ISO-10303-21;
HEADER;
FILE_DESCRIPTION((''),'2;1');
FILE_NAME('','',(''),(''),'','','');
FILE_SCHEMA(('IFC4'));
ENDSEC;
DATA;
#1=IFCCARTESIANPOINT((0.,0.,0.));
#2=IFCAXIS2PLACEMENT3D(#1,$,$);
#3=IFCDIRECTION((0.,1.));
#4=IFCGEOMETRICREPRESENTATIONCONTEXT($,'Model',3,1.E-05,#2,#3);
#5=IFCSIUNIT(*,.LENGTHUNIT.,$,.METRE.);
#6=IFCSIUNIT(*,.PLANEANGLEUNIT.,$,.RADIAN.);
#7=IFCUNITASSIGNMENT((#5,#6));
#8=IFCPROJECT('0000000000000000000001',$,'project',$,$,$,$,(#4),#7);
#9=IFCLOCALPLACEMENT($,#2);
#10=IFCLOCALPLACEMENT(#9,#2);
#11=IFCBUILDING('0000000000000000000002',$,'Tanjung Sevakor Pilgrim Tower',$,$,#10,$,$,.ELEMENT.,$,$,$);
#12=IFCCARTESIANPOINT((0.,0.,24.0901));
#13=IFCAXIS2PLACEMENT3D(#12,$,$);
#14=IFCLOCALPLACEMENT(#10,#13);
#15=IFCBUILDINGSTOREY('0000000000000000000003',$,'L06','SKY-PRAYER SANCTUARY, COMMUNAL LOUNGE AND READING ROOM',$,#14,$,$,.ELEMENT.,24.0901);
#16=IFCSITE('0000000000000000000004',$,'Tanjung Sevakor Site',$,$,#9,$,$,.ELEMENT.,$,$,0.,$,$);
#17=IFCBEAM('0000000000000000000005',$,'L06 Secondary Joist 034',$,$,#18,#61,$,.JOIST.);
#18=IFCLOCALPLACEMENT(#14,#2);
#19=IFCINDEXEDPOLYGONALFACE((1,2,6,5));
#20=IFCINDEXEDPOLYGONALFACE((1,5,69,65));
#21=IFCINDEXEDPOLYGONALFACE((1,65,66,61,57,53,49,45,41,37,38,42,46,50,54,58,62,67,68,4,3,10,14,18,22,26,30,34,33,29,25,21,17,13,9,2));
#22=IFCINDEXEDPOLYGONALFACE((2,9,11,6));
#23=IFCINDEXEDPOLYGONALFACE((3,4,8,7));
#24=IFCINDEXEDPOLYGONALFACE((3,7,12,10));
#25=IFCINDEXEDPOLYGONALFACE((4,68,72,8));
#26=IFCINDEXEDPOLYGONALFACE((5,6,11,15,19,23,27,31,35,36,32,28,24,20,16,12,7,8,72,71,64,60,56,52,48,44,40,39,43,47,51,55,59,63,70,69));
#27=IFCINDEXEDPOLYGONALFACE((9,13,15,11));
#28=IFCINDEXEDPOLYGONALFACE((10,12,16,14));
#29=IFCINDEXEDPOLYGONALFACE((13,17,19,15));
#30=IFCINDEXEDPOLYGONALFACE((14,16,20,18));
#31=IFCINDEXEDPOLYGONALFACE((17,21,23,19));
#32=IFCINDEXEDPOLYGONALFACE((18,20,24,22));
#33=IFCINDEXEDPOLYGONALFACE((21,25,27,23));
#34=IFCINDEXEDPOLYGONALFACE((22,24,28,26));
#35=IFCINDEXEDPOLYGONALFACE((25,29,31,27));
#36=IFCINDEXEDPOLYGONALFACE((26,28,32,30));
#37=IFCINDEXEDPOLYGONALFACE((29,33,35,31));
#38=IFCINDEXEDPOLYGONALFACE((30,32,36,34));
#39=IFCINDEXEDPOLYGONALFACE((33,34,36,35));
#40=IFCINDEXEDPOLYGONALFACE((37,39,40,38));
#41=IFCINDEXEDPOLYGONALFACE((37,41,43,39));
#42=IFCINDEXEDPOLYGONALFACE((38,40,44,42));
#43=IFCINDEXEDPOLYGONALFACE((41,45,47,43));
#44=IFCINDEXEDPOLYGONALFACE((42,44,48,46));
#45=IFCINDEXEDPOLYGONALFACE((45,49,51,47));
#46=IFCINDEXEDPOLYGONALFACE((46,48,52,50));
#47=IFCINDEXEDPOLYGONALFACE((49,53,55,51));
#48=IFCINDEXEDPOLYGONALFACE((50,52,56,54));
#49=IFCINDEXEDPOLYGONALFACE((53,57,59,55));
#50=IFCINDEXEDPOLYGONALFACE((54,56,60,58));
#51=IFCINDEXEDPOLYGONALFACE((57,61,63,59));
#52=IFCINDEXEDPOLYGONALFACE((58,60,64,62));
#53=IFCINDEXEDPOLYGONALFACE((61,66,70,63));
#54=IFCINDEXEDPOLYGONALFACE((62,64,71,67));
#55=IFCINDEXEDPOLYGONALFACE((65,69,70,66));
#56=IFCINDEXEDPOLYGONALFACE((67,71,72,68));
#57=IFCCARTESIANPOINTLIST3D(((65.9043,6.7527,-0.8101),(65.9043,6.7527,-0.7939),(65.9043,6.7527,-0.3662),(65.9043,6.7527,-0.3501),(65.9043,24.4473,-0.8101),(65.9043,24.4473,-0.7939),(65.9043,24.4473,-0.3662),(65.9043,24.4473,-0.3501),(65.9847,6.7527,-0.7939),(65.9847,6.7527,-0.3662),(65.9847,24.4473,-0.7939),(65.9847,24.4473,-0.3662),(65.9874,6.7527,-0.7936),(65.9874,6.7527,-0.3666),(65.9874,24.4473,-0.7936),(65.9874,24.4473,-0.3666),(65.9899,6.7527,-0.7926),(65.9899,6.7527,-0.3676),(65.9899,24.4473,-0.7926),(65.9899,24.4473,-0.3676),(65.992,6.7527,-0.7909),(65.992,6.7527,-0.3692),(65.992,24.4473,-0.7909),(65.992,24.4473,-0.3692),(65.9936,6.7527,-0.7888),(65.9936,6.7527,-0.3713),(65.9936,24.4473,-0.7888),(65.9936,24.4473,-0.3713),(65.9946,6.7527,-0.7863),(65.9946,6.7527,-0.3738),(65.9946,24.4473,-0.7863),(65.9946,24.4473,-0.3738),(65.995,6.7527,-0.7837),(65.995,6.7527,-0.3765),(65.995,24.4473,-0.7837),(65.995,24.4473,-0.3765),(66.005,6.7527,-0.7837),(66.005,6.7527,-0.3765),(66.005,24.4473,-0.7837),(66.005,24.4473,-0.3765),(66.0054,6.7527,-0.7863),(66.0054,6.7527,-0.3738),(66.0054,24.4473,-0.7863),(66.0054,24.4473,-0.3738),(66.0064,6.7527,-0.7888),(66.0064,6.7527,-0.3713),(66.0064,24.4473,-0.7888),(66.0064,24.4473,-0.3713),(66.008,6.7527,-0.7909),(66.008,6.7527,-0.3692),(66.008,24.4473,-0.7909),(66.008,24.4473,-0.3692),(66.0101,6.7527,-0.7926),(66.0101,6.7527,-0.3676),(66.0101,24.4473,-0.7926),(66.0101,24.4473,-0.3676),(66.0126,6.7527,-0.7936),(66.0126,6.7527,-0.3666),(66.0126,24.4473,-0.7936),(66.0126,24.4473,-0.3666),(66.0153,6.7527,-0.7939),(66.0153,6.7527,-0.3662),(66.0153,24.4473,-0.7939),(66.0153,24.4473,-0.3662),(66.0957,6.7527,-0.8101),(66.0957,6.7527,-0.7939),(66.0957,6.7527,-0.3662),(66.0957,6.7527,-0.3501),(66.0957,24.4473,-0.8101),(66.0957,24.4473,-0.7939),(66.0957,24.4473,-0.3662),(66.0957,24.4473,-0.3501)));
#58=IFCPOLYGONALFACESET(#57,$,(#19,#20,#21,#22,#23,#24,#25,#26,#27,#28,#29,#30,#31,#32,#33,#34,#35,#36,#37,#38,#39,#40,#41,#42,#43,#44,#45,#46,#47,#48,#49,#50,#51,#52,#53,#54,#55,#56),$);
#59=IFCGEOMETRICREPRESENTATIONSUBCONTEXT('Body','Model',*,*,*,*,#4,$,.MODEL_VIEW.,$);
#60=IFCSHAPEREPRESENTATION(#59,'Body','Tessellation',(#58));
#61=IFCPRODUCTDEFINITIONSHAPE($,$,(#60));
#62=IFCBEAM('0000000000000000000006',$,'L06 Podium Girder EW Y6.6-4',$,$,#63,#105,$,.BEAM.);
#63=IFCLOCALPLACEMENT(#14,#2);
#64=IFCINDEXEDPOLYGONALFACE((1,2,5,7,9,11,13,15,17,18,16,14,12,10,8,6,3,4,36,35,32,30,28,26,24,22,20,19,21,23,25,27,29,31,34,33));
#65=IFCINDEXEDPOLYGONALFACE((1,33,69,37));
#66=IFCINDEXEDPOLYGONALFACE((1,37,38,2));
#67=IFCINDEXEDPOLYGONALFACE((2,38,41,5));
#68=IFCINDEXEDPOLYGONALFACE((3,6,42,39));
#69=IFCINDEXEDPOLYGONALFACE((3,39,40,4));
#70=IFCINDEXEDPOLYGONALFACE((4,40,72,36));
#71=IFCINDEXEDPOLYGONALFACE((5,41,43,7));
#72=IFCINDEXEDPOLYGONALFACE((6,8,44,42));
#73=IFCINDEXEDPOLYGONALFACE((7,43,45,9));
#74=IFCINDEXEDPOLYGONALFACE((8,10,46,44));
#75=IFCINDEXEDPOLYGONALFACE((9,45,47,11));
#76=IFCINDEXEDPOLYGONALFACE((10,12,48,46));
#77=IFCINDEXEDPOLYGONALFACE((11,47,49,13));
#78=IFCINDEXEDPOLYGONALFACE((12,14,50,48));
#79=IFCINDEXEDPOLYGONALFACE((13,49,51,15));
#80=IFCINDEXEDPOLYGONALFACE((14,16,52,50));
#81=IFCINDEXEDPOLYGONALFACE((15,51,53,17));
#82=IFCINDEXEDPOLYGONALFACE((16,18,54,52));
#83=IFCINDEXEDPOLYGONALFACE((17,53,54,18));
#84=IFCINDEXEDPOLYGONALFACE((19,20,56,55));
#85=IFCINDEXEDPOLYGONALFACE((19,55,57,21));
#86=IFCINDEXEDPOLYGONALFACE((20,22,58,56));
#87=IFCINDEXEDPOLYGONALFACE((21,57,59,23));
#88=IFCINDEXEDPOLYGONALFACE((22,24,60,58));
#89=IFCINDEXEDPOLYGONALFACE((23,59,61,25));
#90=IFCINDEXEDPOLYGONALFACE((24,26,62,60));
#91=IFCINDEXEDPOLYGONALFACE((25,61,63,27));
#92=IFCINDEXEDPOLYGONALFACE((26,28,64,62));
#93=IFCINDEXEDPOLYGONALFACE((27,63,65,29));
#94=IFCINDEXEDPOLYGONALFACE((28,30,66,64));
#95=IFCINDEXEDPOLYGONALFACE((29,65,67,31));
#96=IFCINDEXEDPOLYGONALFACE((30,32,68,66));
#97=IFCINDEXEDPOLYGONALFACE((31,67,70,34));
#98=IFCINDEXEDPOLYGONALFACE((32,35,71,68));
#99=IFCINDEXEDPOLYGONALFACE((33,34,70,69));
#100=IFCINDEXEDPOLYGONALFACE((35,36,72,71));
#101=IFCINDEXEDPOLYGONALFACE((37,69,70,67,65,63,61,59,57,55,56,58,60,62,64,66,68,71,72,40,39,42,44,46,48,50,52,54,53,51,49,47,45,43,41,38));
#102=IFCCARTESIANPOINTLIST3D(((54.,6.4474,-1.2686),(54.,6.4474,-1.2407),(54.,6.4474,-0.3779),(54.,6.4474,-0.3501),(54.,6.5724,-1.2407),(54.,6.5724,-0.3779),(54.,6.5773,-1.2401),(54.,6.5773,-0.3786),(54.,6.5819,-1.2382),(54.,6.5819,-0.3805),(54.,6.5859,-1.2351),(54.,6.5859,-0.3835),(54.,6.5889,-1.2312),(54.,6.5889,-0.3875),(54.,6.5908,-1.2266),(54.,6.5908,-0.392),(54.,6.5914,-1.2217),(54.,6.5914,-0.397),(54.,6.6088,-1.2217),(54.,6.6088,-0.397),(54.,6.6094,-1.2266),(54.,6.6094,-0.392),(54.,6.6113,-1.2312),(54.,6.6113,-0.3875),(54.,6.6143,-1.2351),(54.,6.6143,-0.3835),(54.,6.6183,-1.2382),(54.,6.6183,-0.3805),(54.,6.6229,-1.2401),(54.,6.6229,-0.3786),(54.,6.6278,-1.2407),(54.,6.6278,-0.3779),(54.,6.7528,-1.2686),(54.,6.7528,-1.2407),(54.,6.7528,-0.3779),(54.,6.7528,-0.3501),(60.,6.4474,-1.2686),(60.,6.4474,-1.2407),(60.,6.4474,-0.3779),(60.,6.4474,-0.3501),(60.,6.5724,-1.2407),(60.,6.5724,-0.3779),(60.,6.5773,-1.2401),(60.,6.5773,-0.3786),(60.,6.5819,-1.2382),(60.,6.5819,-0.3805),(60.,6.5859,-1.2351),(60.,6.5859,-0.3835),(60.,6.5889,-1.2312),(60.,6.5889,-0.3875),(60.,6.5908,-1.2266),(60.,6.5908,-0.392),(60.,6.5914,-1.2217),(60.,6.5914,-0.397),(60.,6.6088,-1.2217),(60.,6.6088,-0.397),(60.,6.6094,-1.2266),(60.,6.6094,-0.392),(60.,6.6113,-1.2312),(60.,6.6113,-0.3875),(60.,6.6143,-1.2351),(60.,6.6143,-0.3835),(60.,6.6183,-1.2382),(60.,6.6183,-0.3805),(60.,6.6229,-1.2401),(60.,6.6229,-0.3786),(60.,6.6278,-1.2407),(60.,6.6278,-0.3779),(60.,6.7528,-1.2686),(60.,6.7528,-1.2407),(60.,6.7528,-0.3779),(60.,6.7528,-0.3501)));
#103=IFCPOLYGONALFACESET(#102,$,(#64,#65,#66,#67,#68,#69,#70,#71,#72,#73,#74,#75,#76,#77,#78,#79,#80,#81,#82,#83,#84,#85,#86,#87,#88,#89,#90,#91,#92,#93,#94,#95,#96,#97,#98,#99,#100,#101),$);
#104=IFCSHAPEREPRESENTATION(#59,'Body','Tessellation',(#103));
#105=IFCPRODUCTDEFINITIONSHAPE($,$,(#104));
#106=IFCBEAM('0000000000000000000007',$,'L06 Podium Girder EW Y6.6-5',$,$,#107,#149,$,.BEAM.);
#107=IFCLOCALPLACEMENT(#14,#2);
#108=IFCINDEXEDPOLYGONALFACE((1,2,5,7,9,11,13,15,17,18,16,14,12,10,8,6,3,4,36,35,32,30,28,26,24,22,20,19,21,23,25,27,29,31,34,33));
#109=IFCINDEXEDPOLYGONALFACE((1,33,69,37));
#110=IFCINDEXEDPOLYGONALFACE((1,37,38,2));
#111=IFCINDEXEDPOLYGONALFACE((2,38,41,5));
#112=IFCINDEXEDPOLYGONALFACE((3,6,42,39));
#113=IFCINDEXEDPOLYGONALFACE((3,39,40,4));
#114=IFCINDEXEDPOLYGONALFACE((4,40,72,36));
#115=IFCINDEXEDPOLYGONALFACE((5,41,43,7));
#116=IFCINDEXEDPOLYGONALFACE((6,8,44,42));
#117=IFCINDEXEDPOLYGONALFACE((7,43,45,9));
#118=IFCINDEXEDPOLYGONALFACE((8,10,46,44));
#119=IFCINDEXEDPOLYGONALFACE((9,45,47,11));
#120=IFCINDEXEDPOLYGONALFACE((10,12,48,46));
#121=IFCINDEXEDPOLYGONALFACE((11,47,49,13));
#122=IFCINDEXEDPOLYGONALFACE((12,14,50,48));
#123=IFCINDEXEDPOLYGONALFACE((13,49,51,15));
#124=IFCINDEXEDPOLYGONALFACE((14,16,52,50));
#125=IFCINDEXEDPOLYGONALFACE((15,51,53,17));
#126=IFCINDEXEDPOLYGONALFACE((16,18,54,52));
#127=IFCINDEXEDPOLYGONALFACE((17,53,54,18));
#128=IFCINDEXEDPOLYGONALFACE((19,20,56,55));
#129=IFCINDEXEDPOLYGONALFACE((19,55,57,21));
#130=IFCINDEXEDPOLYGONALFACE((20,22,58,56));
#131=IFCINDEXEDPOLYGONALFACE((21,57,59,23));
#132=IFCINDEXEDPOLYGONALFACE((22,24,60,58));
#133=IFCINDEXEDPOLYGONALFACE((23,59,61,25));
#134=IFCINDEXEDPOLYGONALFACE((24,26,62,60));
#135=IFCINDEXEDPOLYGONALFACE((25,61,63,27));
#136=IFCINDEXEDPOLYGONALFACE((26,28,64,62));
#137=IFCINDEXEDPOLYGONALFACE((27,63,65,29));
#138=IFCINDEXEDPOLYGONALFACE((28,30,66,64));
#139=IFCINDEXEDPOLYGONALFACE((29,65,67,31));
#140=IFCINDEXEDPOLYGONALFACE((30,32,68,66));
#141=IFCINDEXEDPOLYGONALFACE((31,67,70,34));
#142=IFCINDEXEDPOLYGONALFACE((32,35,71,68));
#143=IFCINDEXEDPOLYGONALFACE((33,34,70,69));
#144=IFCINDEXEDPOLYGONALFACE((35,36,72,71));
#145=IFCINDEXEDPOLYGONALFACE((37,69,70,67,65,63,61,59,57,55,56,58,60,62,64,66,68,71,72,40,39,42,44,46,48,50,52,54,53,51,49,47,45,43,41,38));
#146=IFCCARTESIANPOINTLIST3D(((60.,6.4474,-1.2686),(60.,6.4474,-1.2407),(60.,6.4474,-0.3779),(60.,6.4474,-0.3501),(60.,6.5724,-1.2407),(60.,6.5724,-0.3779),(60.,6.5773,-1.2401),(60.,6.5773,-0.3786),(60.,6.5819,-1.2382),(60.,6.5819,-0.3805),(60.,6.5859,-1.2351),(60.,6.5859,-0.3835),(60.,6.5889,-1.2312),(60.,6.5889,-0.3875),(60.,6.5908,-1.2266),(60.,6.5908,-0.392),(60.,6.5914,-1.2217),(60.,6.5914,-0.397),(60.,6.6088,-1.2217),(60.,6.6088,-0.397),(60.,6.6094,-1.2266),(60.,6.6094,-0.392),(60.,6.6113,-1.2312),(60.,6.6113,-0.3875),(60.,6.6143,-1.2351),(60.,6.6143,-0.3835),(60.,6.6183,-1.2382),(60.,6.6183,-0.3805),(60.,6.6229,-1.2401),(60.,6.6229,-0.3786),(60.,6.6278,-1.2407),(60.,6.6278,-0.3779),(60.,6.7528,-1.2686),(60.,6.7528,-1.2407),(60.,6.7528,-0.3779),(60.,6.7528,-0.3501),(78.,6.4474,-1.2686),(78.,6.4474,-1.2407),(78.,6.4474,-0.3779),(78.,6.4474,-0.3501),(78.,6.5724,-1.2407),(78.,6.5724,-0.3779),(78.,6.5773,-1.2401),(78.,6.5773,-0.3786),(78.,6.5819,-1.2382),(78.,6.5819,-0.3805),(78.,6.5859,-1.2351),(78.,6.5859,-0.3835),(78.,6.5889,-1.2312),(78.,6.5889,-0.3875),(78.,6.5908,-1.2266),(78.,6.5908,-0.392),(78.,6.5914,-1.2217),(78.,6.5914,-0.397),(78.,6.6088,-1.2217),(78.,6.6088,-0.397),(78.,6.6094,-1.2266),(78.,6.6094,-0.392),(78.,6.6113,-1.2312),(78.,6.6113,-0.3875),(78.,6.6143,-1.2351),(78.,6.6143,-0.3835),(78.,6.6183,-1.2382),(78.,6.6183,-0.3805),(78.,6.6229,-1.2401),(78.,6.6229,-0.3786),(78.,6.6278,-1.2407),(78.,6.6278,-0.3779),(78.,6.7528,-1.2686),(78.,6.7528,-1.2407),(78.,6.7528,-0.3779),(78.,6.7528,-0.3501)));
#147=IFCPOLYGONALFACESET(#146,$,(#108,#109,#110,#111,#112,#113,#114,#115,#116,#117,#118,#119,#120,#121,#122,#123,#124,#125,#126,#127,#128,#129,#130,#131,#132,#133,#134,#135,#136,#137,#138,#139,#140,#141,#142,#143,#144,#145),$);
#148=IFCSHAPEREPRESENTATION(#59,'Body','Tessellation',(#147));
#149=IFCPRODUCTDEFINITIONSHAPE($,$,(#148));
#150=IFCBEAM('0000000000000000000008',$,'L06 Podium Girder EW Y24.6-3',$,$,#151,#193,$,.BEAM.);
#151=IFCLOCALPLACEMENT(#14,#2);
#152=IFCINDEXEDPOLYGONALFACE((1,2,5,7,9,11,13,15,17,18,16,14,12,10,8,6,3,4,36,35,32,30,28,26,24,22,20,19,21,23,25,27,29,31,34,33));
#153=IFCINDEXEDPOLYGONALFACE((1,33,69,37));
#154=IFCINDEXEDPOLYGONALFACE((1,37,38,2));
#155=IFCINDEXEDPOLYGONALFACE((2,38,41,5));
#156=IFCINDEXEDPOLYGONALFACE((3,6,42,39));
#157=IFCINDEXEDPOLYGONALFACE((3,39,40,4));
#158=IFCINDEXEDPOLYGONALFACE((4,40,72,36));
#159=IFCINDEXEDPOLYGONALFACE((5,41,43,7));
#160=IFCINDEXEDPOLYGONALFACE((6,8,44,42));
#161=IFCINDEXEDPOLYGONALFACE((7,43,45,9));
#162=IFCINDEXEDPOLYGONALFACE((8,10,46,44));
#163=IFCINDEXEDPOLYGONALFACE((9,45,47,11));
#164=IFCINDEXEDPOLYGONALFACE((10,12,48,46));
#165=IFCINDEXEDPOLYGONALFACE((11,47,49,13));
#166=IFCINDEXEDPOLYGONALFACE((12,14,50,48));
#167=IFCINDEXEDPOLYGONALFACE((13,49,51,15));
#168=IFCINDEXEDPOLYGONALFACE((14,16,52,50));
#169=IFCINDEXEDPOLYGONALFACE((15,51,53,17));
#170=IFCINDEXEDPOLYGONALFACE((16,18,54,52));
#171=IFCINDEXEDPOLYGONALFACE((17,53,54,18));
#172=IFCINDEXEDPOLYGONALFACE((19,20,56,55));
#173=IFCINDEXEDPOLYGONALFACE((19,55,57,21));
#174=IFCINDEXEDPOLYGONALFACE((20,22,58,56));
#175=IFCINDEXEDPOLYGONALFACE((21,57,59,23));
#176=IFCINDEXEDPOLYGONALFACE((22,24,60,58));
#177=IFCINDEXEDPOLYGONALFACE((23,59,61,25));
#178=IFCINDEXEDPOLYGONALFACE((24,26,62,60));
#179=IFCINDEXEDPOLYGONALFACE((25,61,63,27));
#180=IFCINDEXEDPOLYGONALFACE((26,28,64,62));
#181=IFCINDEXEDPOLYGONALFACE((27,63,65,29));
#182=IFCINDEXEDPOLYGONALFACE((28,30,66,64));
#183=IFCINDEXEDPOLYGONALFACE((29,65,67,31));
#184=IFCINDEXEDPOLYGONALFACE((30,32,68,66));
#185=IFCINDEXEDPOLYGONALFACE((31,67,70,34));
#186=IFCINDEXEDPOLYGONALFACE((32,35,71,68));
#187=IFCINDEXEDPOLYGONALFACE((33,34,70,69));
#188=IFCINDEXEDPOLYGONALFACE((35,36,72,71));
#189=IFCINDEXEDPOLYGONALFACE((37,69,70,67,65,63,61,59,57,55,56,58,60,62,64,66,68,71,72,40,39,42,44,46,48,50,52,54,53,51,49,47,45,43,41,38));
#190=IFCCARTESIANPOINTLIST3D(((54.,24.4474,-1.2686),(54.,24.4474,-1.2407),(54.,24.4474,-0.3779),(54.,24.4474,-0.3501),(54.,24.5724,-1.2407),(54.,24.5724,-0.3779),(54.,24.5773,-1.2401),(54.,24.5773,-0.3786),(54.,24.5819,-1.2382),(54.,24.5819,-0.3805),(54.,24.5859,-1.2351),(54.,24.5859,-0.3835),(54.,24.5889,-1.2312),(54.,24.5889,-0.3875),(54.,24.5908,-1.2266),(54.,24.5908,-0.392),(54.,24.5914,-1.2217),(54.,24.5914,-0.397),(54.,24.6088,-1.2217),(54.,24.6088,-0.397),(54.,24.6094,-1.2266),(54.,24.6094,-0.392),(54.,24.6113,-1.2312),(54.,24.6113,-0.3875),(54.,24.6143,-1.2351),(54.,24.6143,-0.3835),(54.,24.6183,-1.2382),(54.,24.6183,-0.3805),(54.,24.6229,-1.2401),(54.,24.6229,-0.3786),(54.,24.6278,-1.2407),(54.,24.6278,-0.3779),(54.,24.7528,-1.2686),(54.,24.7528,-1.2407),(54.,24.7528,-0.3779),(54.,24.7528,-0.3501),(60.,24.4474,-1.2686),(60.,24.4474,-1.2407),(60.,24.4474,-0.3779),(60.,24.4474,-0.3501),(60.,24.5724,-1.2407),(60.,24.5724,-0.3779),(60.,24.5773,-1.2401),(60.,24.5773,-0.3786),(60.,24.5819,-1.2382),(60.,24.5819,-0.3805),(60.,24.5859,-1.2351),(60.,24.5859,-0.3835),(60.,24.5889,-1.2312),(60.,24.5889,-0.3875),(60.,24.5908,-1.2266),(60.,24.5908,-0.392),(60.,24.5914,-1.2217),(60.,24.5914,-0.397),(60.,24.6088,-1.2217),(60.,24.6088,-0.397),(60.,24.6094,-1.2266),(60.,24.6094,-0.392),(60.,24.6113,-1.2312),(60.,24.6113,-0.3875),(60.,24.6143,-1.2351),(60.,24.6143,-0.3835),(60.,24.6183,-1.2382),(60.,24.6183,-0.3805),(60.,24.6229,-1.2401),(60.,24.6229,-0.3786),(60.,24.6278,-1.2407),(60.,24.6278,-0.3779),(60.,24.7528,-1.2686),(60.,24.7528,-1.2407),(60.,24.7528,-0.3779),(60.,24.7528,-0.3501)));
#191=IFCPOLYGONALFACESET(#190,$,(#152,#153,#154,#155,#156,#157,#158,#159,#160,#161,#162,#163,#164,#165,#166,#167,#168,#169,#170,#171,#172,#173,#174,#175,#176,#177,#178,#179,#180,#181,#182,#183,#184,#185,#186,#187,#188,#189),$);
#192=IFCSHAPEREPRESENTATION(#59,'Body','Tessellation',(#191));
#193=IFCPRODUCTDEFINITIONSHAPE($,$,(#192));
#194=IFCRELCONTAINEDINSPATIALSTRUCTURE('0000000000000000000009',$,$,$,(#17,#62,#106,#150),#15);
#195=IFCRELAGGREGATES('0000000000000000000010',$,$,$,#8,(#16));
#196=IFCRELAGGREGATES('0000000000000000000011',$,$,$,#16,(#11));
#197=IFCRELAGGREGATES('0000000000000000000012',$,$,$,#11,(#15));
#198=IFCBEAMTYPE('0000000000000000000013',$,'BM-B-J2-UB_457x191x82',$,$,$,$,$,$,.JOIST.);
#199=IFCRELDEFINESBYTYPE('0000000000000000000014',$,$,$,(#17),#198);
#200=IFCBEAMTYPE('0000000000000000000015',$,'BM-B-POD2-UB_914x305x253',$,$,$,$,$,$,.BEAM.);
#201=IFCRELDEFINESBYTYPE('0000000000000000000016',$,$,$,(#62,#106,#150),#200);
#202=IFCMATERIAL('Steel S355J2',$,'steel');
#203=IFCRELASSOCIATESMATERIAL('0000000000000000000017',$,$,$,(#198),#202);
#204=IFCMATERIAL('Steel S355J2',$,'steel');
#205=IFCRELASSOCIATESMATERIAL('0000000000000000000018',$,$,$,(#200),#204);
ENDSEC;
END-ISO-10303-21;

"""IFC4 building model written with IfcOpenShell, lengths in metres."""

from ifc_helpers import new_model, si_unit, direction, frame, origin, origin_2d, place, context, subcontext, project, spatial, i_section, extrude, material, material_profile, profile_set, type_object, element, save


model = new_model("IFC4")

# Units and contexts
model_context = context("Model", 3, precision=1e-05, world=origin(), true_north=direction((0.0, 1.0)))
body_context = subcontext(model_context, "Body", "Model", "MODEL_VIEW")
ifc_project = project(units=[si_unit("LENGTHUNIT", "METRE"), si_unit("PLANEANGLEUNIT", "RADIAN")], contexts=[model_context])

# Site, building, storey
site_placement = place(None, origin())
site = spatial("IfcSite", under=ifc_project, at=site_placement, Name="Tanjung Sevakor Site", CompositionType="ELEMENT", RefElevation=0.0)
building_placement = place(site_placement, origin())
building = spatial("IfcBuilding", under=site, at=building_placement, Name="Tanjung Sevakor Pilgrim Tower", CompositionType="ELEMENT")
storey_placement = place(building_placement, frame((0.0, 0.0, 24.0901)))
storey = spatial("IfcBuildingStorey", under=building, at=storey_placement, Name="L06", Description="SKY-PRAYER SANCTUARY, COMMUNAL LOUNGE AND READING ROOM", CompositionType="ELEMENT", Elevation=24.0901)

# Beams
ifc_material_1 = material(Name="Steel S355J2", Category="steel")
ifc_material_profile_1 = material_profile(ifc_material_1, i_section(OverallWidth=0.1914, OverallDepth=0.46, WebThickness=0.01, FlangeThickness=0.0161, FilletRadius=0.0103, at=origin_2d()))
ifc_profile_set_1 = profile_set([ifc_material_profile_1], Name="Steel S355J2")
beam_type_1 = type_object("IfcBeamType", Name="BM-B-J2-UB_457x191x82", PredefinedType="JOIST", material=ifc_profile_set_1)
for number, where, z_axis, x_axis, name in (
    (1, (66.0, 6.7527, -0.5801), (0.0, 1.0, 0.0), (-1.0, 0.0, 0.0), "L06 Secondary Joist 034"),
):
    element("IfcBeam", number, at=place(storey_placement, frame(where, z_axis=z_axis, x_axis=x_axis)), inside=storey, type_object=beam_type_1, Name=name, PredefinedType="JOIST", context=body_context, shape_type="SweptSolid", body=[
        extrude(i_section(OverallWidth=0.1914, OverallDepth=0.46, WebThickness=0.01, FlangeThickness=0.0161, FilletRadius=0.0103, at=origin_2d()), origin(), (0.0, 0.0, 1.0), 17.6946),
    ])
ifc_material_2 = material(Name="Steel S355J2", Category="steel")
ifc_material_profile_2 = material_profile(ifc_material_2, i_section(OverallWidth=0.3054, OverallDepth=0.9185, WebThickness=0.0173, FlangeThickness=0.0278, FilletRadius=0.019, at=origin_2d()))
ifc_profile_set_2 = profile_set([ifc_material_profile_2], Name="Steel S355J2")
beam_type_2 = type_object("IfcBeamType", Name="BM-B-POD2-UB_914x305x253", PredefinedType="BEAM", material=ifc_profile_set_2)
beam_1_placement = place(storey_placement, frame((54.0, 6.6001, -0.8093), z_axis=(1.0, 0.0, 0.0), x_axis=(0.0, 1.0, 0.0)))
element("IfcBeam", 2, at=beam_1_placement, inside=storey, type_object=beam_type_2, Name="L06 Podium Girder EW Y6.6-4", PredefinedType="BEAM", context=body_context, shape_type="SweptSolid", body=[
    extrude(i_section(OverallWidth=0.3054, OverallDepth=0.9185, WebThickness=0.0173, FlangeThickness=0.0278, FilletRadius=0.019, at=origin_2d()), origin(), (0.0, 0.0, 1.0), 6.0),
])
beam_2_placement = place(storey_placement, frame((60.0, 6.6001, -0.8093), z_axis=(1.0, 0.0, 0.0), x_axis=(0.0, 1.0, 0.0)))
element("IfcBeam", 3, at=beam_2_placement, inside=storey, type_object=beam_type_2, Name="L06 Podium Girder EW Y6.6-5", PredefinedType="BEAM", context=body_context, shape_type="SweptSolid", body=[
    extrude(i_section(OverallWidth=0.3054, OverallDepth=0.9185, WebThickness=0.0173, FlangeThickness=0.0278, FilletRadius=0.019, at=origin_2d()), origin(), (0.0, 0.0, 1.0), 18.0),
])
beam_3_placement = place(storey_placement, frame((54.0, 24.6001, -0.8093), z_axis=(1.0, 0.0, 0.0), x_axis=(0.0, 1.0, 0.0)))
element("IfcBeam", 4, at=beam_3_placement, inside=storey, type_object=beam_type_2, Name="L06 Podium Girder EW Y24.6-3", PredefinedType="BEAM", context=body_context, shape_type="SweptSolid", body=[
    extrude(i_section(OverallWidth=0.3054, OverallDepth=0.9185, WebThickness=0.0173, FlangeThickness=0.0278, FilletRadius=0.019, at=origin_2d()), origin(), (0.0, 0.0, 1.0), 6.0),
])

save(model, "model.ifc")
